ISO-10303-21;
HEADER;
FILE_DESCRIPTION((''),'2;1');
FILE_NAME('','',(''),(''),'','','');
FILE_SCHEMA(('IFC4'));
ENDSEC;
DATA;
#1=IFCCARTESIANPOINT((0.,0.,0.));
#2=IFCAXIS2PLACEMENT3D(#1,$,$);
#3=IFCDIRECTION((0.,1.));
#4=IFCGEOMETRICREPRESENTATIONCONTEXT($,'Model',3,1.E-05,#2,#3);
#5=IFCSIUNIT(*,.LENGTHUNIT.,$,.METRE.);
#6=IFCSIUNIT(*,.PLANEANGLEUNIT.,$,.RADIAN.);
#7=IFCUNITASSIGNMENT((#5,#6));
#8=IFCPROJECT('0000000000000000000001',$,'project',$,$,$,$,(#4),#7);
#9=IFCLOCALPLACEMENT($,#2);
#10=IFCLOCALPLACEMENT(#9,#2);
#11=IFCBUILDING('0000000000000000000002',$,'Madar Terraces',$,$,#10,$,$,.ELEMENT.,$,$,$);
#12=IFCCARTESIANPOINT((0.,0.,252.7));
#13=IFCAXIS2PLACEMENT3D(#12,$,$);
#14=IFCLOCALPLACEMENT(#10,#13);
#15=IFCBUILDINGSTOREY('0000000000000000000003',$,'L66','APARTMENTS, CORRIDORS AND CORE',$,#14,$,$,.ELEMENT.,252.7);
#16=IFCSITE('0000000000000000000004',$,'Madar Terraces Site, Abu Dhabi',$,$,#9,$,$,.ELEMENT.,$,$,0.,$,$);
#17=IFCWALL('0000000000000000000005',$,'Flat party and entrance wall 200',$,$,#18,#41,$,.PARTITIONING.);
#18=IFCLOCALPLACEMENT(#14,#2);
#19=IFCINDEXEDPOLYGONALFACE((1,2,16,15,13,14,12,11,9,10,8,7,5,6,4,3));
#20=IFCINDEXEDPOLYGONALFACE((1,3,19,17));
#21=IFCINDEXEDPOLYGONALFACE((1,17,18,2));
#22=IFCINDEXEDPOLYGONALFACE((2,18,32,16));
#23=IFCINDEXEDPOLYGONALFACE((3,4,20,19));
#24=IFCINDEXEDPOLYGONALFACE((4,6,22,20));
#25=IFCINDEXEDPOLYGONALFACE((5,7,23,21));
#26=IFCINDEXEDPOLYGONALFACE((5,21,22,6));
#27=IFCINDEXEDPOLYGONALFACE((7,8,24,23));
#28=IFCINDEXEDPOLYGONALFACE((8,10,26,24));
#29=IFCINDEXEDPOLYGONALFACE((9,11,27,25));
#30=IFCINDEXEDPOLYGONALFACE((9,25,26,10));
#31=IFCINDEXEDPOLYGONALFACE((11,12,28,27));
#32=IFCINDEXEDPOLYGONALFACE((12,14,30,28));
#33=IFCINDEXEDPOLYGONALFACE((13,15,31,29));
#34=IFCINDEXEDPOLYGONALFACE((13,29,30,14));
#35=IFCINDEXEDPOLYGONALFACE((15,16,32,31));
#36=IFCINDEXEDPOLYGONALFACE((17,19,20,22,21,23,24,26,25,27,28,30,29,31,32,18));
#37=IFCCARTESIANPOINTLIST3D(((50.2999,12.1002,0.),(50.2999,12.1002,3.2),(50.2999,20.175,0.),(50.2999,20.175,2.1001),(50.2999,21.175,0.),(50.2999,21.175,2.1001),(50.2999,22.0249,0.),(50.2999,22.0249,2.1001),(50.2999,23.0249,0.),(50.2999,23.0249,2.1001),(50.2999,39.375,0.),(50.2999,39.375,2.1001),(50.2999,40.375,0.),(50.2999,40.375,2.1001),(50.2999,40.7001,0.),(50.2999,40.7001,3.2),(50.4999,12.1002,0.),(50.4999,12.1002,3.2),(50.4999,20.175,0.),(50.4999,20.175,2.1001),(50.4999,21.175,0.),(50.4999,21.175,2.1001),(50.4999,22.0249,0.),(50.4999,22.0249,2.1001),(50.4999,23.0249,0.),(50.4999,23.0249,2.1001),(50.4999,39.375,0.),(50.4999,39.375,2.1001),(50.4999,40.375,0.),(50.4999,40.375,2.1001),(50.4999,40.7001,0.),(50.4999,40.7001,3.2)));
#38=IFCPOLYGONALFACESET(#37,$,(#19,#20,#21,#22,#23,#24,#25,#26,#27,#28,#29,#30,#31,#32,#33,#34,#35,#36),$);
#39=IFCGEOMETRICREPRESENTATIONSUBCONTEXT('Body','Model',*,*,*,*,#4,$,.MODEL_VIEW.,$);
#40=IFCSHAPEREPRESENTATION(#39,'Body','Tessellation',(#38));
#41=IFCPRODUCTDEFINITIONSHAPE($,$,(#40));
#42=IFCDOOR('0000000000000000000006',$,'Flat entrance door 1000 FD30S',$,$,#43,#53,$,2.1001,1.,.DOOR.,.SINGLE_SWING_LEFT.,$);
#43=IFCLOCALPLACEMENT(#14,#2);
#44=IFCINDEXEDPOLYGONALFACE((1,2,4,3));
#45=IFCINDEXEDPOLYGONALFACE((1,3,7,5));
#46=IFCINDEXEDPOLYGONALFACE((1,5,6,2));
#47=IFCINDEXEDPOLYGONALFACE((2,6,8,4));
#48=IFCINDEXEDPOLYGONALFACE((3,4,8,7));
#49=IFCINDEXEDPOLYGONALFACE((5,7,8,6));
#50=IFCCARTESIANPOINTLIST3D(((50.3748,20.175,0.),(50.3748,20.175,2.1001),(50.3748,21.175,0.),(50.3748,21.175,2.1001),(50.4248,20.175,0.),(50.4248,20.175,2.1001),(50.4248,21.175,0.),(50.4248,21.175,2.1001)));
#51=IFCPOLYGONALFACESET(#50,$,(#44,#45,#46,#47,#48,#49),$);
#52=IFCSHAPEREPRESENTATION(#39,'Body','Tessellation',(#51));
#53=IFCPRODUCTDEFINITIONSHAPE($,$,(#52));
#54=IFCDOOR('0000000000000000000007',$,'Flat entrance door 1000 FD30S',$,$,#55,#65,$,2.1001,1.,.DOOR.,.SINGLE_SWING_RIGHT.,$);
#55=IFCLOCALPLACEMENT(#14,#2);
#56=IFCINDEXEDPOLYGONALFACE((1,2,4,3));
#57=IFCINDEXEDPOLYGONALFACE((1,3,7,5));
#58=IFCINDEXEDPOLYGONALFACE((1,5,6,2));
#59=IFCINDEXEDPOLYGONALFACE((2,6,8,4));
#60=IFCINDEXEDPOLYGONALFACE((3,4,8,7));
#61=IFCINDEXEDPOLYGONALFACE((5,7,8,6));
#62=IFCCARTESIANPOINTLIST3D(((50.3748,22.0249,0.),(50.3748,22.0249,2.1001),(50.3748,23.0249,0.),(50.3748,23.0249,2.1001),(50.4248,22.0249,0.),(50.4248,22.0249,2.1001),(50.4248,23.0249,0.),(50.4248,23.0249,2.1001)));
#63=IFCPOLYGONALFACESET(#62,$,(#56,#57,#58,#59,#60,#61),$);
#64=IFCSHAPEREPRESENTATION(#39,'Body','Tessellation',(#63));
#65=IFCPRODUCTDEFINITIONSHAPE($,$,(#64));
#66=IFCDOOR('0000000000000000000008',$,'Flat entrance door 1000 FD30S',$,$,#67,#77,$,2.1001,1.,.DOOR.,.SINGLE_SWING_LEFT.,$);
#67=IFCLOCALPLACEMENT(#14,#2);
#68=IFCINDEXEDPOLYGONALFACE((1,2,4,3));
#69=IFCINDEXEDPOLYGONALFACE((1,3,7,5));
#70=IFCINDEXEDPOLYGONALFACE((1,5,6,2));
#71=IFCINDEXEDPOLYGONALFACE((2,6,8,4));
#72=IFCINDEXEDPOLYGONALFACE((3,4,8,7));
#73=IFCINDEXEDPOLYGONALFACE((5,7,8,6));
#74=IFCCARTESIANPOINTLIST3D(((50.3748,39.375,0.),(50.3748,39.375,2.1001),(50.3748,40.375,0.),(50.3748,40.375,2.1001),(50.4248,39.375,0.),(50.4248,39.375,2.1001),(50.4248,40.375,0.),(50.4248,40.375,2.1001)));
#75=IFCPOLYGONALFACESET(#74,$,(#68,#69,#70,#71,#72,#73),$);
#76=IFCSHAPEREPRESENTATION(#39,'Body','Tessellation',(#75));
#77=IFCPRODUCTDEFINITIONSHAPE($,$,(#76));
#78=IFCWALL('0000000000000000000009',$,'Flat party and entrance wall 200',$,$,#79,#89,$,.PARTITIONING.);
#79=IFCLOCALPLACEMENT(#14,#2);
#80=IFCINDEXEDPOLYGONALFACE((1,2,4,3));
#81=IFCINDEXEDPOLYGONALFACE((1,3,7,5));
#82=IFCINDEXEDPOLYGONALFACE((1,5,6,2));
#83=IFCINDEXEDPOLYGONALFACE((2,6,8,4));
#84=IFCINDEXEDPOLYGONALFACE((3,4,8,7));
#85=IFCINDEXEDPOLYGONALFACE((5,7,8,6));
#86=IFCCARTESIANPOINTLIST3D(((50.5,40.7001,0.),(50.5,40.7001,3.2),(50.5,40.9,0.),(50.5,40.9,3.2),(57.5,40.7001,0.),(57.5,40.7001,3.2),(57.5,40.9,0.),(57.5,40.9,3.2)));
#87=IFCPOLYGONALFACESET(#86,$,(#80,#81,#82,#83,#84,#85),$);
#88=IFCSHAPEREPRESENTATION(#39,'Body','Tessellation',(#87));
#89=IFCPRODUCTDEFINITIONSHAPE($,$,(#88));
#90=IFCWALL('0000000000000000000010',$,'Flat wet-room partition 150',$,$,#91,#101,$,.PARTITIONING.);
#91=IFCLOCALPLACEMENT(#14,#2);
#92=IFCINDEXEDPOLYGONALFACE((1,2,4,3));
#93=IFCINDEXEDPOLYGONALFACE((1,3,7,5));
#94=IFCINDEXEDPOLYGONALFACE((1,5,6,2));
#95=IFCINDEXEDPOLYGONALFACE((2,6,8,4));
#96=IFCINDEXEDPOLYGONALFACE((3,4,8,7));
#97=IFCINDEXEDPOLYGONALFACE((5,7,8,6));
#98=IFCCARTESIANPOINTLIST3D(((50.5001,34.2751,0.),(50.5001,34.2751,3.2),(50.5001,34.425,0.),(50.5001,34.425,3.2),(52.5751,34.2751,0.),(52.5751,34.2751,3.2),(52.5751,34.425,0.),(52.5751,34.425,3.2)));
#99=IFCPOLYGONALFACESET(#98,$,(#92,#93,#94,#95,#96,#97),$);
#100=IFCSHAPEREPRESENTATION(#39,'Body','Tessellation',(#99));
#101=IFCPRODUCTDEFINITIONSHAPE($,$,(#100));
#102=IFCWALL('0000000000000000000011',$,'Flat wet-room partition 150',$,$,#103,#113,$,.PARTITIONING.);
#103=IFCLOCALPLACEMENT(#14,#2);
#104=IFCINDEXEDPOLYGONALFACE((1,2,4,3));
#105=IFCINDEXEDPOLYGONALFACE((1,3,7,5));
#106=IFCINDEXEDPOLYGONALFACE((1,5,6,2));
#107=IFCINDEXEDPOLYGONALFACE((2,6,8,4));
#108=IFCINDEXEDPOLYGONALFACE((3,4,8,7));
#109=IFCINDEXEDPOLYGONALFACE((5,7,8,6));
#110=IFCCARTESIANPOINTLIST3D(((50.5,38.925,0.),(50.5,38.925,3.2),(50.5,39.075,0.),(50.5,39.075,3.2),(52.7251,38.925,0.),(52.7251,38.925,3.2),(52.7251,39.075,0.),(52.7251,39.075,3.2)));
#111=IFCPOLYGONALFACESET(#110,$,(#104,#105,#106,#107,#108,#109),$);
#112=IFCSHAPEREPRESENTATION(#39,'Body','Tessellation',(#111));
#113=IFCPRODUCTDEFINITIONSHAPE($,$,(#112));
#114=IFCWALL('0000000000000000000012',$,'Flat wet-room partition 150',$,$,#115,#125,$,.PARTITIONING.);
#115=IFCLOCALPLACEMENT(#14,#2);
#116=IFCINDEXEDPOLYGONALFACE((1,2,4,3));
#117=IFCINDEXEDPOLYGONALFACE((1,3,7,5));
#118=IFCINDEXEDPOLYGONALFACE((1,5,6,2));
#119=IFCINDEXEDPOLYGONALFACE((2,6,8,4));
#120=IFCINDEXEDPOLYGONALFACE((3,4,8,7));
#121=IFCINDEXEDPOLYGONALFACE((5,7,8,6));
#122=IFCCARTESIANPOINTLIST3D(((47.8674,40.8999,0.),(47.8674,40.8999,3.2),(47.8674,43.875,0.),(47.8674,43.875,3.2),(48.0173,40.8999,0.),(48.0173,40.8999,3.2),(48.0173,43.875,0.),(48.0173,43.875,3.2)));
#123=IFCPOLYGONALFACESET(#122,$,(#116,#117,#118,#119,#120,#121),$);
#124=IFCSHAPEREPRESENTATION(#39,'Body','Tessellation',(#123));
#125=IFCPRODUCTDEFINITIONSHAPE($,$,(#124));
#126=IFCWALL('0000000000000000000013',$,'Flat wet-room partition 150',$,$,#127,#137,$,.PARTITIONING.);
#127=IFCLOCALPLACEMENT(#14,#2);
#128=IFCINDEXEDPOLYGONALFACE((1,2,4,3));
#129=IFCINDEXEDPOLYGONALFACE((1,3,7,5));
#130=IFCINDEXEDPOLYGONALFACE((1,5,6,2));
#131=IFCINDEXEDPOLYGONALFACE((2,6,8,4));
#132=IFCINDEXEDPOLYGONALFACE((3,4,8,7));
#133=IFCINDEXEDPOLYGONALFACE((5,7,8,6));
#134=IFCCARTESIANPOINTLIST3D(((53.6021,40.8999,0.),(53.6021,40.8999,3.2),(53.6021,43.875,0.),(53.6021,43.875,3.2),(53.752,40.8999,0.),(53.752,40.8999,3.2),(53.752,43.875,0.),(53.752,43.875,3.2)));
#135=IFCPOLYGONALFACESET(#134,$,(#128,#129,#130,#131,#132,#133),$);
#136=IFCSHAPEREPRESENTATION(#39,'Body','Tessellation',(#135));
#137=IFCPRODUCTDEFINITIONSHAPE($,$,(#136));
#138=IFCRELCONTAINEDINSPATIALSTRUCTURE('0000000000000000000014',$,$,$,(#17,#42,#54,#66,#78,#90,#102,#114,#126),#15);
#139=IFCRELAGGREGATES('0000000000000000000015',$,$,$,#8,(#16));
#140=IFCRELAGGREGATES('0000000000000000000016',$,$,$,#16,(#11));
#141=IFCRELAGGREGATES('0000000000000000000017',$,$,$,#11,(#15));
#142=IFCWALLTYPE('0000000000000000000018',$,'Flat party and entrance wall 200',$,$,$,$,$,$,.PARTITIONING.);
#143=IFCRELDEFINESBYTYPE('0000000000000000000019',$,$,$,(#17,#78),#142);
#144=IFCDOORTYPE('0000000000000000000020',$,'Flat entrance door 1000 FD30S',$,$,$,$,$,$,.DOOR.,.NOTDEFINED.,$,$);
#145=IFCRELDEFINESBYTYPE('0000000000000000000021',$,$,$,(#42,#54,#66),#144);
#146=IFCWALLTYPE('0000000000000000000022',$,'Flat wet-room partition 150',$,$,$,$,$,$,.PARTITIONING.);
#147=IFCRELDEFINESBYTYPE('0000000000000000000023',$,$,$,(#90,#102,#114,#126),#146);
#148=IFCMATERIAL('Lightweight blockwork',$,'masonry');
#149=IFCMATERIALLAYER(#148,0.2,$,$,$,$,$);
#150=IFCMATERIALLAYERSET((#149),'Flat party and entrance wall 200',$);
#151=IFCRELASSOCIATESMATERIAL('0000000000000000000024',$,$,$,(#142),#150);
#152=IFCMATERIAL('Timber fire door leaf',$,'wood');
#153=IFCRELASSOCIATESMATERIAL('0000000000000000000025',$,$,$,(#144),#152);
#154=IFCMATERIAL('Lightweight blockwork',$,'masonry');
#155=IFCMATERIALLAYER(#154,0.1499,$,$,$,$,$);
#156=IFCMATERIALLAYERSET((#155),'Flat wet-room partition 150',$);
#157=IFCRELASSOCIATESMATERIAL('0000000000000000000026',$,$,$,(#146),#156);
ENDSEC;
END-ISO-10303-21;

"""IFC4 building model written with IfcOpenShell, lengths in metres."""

from ifc_helpers import new_model, si_unit, direction, frame, frame_2d, origin, place, context, subcontext, project, spatial, rectangle, extrude, material, layer, layer_set, type_object, element, fill, save


model = new_model("IFC4")

# Units and contexts
model_context = context("Model", 3, precision=1e-05, world=origin(), true_north=direction((0.0, 1.0)))
body_context = subcontext(model_context, "Body", "Model", "MODEL_VIEW")
ifc_project = project(units=[si_unit("LENGTHUNIT", "METRE"), si_unit("PLANEANGLEUNIT", "RADIAN")], contexts=[model_context])

# Site, building, storey
site_placement = place(None, origin())
site = spatial("IfcSite", under=ifc_project, at=site_placement, Name="Madar Terraces Site, Abu Dhabi", CompositionType="ELEMENT", RefElevation=0.0)
building_placement = place(site_placement, origin())
building = spatial("IfcBuilding", under=site, at=building_placement, Name="Madar Terraces", CompositionType="ELEMENT")
storey_placement = place(building_placement, frame((0.0, 0.0, 252.7)))
storey = spatial("IfcBuildingStorey", under=building, at=storey_placement, Name="L66", Description="APARTMENTS, CORRIDORS AND CORE", CompositionType="ELEMENT", Elevation=252.7)

# Wall, openings, doors
ifc_material_1 = material(Name="Lightweight blockwork", Category="masonry")
ifc_layer_1 = layer(ifc_material_1, 0.2)
ifc_layer_set_1 = layer_set([ifc_layer_1], Name="Flat party and entrance wall 200")
wall_type_1 = type_object("IfcWallType", Name="Flat party and entrance wall 200", PredefinedType="PARTITIONING", material=ifc_layer_set_1)
wall_1_placement = place(storey_placement, frame((50.3999, 40.7, 0.0), z_axis=(0.0, 0.0, 1.0), x_axis=(0.0, -1.0, 0.0)))
wall_1 = element("IfcWall", 1, at=wall_1_placement, inside=storey, type_object=wall_type_1, Name="Flat party and entrance wall 200", PredefinedType="PARTITIONING", context=body_context, shape_type="SweptSolid", body=[
    extrude(rectangle(XDim=28.5999, YDim=0.2, at=frame_2d((14.2998, 0.0))), origin(), (0.0, 0.0, 1.0), 3.2),
])
opening_1_placement = place(wall_1_placement, frame((19.5249, 0.0, 0.0)))
opening_1 = element("IfcOpeningElement", 2, at=opening_1_placement, cuts=wall_1, PredefinedType="OPENING", context=body_context, shape_type="SweptSolid", body=[
    extrude(rectangle(XDim=1.0, YDim=2.1001, at=frame_2d((0.5, 1.05))), frame((0.0, 0.1099, 0.0), z_axis=(0.0, -1.0, 0.0), x_axis=(1.0, 0.0, 0.0)), (0.0, 0.0, 1.0), 0.22),
])
opening_2_placement = place(wall_1_placement, frame((17.675, 0.0, 0.0)))
opening_2 = element("IfcOpeningElement", 3, at=opening_2_placement, cuts=wall_1, PredefinedType="OPENING", context=body_context, shape_type="SweptSolid", body=[
    extrude(rectangle(XDim=1.0, YDim=2.1001, at=frame_2d((0.5, 1.05))), frame((0.0, 0.1099, 0.0), z_axis=(0.0, -1.0, 0.0), x_axis=(1.0, 0.0, 0.0)), (0.0, 0.0, 1.0), 0.22),
])
opening_3_placement = place(wall_1_placement, frame((0.325, 0.0, 0.0)))
opening_3 = element("IfcOpeningElement", 4, at=opening_3_placement, cuts=wall_1, PredefinedType="OPENING", context=body_context, shape_type="SweptSolid", body=[
    extrude(rectangle(XDim=1.0, YDim=2.1001, at=frame_2d((0.5, 1.05))), frame((0.0, 0.1099, 0.0), z_axis=(0.0, -1.0, 0.0), x_axis=(1.0, 0.0, 0.0)), (0.0, 0.0, 1.0), 0.22),
])
ifc_material_2 = material(Name="Timber fire door leaf", Category="wood")
door_type_1 = type_object("IfcDoorType", Name="Flat entrance door 1000 FD30S", OperationType="NOTDEFINED", PredefinedType="DOOR", material=ifc_material_2)
door_1_placement = place(opening_1_placement, origin())
door_1 = element("IfcDoor", 5, at=door_1_placement, inside=storey, type_object=door_type_1, Name="Flat entrance door 1000 FD30S", OperationType="SINGLE_SWING_LEFT", OverallHeight=2.1001, OverallWidth=1.0, PredefinedType="DOOR", context=body_context, shape_type="SweptSolid", body=[
    extrude(rectangle(XDim=1.0, YDim=2.1001, at=frame_2d((0.5, 1.05))), frame((0.0, 0.0249, 0.0), z_axis=(0.0, -1.0, 0.0), x_axis=(1.0, 0.0, 0.0)), (0.0, 0.0, 1.0), 0.05),
])
fill(opening_1, door_1)
door_2_placement = place(opening_2_placement, origin())
door_2 = element("IfcDoor", 6, at=door_2_placement, inside=storey, type_object=door_type_1, Name="Flat entrance door 1000 FD30S", OperationType="SINGLE_SWING_RIGHT", OverallHeight=2.1001, OverallWidth=1.0, PredefinedType="DOOR", context=body_context, shape_type="SweptSolid", body=[
    extrude(rectangle(XDim=1.0, YDim=2.1001, at=frame_2d((0.5, 1.05))), frame((0.0, 0.0249, 0.0), z_axis=(0.0, -1.0, 0.0), x_axis=(1.0, 0.0, 0.0)), (0.0, 0.0, 1.0), 0.05),
])
fill(opening_2, door_2)
door_3_placement = place(opening_3_placement, origin())
door_3 = element("IfcDoor", 7, at=door_3_placement, inside=storey, type_object=door_type_1, Name="Flat entrance door 1000 FD30S", OperationType="SINGLE_SWING_LEFT", OverallHeight=2.1001, OverallWidth=1.0, PredefinedType="DOOR", context=body_context, shape_type="SweptSolid", body=[
    extrude(rectangle(XDim=1.0, YDim=2.1001, at=frame_2d((0.5, 1.05))), frame((0.0, 0.0249, 0.0), z_axis=(0.0, -1.0, 0.0), x_axis=(1.0, 0.0, 0.0)), (0.0, 0.0, 1.0), 0.05),
])
fill(opening_3, door_3)

# Walls
wall_2_placement = place(storey_placement, frame((50.5, 40.8, 0.0), z_axis=(0.0, 0.0, 1.0), x_axis=(1.0, 0.0, 0.0)))
element("IfcWall", 8, at=wall_2_placement, inside=storey, type_object=wall_type_1, Name="Flat party and entrance wall 200", PredefinedType="PARTITIONING", context=body_context, shape_type="SweptSolid", body=[
    extrude(rectangle(XDim=7.0, YDim=0.2, at=frame_2d((3.5, 0.0))), origin(), (0.0, 0.0, 1.0), 3.2),
])
ifc_material_3 = material(Name="Lightweight blockwork", Category="masonry")
ifc_layer_2 = layer(ifc_material_3, 0.1499)
ifc_layer_set_2 = layer_set([ifc_layer_2], Name="Flat wet-room partition 150")
wall_type_2 = type_object("IfcWallType", Name="Flat wet-room partition 150", PredefinedType="PARTITIONING", material=ifc_layer_set_2)
wall_3_placement = place(storey_placement, frame((50.5, 34.3501, 0.0), z_axis=(0.0, 0.0, 1.0), x_axis=(1.0, 0.0, 0.0)))
element("IfcWall", 9, at=wall_3_placement, inside=storey, type_object=wall_type_2, Name="Flat wet-room partition 150", PredefinedType="PARTITIONING", context=body_context, shape_type="SweptSolid", body=[
    extrude(rectangle(XDim=2.075, YDim=0.1499, at=frame_2d((1.0376, 0.0))), origin(), (0.0, 0.0, 1.0), 3.2),
])
wall_4_placement = place(storey_placement, frame((50.5, 39.0, 0.0), z_axis=(0.0, 0.0, 1.0), x_axis=(1.0, 0.0, 0.0)))
element("IfcWall", 10, at=wall_4_placement, inside=storey, type_object=wall_type_2, Name="Flat wet-room partition 150", PredefinedType="PARTITIONING", context=body_context, shape_type="SweptSolid", body=[
    extrude(rectangle(XDim=2.2251, YDim=0.1499, at=frame_2d((1.1125, 0.0))), origin(), (0.0, 0.0, 1.0), 3.2),
])
for number, where, z_axis, x_axis, name in (
    (11, (47.9424, 40.8999, 0.0), (0.0, 0.0, 1.0), (0.0, 1.0, 0.0), "Flat wet-room partition 150"),
    (12, (53.677, 40.8999, 0.0), (0.0, 0.0, 1.0), (0.0, 1.0, 0.0), "Flat wet-room partition 150"),
):
    element("IfcWall", number, at=place(storey_placement, frame(where, z_axis=z_axis, x_axis=x_axis)), inside=storey, type_object=wall_type_2, Name=name, PredefinedType="PARTITIONING", context=body_context, shape_type="SweptSolid", body=[
        extrude(rectangle(XDim=2.9751, YDim=0.1499, at=frame_2d((1.4875, 0.0))), origin(), (0.0, 0.0, 1.0), 3.2),
    ])

save(model, "model.ifc")
